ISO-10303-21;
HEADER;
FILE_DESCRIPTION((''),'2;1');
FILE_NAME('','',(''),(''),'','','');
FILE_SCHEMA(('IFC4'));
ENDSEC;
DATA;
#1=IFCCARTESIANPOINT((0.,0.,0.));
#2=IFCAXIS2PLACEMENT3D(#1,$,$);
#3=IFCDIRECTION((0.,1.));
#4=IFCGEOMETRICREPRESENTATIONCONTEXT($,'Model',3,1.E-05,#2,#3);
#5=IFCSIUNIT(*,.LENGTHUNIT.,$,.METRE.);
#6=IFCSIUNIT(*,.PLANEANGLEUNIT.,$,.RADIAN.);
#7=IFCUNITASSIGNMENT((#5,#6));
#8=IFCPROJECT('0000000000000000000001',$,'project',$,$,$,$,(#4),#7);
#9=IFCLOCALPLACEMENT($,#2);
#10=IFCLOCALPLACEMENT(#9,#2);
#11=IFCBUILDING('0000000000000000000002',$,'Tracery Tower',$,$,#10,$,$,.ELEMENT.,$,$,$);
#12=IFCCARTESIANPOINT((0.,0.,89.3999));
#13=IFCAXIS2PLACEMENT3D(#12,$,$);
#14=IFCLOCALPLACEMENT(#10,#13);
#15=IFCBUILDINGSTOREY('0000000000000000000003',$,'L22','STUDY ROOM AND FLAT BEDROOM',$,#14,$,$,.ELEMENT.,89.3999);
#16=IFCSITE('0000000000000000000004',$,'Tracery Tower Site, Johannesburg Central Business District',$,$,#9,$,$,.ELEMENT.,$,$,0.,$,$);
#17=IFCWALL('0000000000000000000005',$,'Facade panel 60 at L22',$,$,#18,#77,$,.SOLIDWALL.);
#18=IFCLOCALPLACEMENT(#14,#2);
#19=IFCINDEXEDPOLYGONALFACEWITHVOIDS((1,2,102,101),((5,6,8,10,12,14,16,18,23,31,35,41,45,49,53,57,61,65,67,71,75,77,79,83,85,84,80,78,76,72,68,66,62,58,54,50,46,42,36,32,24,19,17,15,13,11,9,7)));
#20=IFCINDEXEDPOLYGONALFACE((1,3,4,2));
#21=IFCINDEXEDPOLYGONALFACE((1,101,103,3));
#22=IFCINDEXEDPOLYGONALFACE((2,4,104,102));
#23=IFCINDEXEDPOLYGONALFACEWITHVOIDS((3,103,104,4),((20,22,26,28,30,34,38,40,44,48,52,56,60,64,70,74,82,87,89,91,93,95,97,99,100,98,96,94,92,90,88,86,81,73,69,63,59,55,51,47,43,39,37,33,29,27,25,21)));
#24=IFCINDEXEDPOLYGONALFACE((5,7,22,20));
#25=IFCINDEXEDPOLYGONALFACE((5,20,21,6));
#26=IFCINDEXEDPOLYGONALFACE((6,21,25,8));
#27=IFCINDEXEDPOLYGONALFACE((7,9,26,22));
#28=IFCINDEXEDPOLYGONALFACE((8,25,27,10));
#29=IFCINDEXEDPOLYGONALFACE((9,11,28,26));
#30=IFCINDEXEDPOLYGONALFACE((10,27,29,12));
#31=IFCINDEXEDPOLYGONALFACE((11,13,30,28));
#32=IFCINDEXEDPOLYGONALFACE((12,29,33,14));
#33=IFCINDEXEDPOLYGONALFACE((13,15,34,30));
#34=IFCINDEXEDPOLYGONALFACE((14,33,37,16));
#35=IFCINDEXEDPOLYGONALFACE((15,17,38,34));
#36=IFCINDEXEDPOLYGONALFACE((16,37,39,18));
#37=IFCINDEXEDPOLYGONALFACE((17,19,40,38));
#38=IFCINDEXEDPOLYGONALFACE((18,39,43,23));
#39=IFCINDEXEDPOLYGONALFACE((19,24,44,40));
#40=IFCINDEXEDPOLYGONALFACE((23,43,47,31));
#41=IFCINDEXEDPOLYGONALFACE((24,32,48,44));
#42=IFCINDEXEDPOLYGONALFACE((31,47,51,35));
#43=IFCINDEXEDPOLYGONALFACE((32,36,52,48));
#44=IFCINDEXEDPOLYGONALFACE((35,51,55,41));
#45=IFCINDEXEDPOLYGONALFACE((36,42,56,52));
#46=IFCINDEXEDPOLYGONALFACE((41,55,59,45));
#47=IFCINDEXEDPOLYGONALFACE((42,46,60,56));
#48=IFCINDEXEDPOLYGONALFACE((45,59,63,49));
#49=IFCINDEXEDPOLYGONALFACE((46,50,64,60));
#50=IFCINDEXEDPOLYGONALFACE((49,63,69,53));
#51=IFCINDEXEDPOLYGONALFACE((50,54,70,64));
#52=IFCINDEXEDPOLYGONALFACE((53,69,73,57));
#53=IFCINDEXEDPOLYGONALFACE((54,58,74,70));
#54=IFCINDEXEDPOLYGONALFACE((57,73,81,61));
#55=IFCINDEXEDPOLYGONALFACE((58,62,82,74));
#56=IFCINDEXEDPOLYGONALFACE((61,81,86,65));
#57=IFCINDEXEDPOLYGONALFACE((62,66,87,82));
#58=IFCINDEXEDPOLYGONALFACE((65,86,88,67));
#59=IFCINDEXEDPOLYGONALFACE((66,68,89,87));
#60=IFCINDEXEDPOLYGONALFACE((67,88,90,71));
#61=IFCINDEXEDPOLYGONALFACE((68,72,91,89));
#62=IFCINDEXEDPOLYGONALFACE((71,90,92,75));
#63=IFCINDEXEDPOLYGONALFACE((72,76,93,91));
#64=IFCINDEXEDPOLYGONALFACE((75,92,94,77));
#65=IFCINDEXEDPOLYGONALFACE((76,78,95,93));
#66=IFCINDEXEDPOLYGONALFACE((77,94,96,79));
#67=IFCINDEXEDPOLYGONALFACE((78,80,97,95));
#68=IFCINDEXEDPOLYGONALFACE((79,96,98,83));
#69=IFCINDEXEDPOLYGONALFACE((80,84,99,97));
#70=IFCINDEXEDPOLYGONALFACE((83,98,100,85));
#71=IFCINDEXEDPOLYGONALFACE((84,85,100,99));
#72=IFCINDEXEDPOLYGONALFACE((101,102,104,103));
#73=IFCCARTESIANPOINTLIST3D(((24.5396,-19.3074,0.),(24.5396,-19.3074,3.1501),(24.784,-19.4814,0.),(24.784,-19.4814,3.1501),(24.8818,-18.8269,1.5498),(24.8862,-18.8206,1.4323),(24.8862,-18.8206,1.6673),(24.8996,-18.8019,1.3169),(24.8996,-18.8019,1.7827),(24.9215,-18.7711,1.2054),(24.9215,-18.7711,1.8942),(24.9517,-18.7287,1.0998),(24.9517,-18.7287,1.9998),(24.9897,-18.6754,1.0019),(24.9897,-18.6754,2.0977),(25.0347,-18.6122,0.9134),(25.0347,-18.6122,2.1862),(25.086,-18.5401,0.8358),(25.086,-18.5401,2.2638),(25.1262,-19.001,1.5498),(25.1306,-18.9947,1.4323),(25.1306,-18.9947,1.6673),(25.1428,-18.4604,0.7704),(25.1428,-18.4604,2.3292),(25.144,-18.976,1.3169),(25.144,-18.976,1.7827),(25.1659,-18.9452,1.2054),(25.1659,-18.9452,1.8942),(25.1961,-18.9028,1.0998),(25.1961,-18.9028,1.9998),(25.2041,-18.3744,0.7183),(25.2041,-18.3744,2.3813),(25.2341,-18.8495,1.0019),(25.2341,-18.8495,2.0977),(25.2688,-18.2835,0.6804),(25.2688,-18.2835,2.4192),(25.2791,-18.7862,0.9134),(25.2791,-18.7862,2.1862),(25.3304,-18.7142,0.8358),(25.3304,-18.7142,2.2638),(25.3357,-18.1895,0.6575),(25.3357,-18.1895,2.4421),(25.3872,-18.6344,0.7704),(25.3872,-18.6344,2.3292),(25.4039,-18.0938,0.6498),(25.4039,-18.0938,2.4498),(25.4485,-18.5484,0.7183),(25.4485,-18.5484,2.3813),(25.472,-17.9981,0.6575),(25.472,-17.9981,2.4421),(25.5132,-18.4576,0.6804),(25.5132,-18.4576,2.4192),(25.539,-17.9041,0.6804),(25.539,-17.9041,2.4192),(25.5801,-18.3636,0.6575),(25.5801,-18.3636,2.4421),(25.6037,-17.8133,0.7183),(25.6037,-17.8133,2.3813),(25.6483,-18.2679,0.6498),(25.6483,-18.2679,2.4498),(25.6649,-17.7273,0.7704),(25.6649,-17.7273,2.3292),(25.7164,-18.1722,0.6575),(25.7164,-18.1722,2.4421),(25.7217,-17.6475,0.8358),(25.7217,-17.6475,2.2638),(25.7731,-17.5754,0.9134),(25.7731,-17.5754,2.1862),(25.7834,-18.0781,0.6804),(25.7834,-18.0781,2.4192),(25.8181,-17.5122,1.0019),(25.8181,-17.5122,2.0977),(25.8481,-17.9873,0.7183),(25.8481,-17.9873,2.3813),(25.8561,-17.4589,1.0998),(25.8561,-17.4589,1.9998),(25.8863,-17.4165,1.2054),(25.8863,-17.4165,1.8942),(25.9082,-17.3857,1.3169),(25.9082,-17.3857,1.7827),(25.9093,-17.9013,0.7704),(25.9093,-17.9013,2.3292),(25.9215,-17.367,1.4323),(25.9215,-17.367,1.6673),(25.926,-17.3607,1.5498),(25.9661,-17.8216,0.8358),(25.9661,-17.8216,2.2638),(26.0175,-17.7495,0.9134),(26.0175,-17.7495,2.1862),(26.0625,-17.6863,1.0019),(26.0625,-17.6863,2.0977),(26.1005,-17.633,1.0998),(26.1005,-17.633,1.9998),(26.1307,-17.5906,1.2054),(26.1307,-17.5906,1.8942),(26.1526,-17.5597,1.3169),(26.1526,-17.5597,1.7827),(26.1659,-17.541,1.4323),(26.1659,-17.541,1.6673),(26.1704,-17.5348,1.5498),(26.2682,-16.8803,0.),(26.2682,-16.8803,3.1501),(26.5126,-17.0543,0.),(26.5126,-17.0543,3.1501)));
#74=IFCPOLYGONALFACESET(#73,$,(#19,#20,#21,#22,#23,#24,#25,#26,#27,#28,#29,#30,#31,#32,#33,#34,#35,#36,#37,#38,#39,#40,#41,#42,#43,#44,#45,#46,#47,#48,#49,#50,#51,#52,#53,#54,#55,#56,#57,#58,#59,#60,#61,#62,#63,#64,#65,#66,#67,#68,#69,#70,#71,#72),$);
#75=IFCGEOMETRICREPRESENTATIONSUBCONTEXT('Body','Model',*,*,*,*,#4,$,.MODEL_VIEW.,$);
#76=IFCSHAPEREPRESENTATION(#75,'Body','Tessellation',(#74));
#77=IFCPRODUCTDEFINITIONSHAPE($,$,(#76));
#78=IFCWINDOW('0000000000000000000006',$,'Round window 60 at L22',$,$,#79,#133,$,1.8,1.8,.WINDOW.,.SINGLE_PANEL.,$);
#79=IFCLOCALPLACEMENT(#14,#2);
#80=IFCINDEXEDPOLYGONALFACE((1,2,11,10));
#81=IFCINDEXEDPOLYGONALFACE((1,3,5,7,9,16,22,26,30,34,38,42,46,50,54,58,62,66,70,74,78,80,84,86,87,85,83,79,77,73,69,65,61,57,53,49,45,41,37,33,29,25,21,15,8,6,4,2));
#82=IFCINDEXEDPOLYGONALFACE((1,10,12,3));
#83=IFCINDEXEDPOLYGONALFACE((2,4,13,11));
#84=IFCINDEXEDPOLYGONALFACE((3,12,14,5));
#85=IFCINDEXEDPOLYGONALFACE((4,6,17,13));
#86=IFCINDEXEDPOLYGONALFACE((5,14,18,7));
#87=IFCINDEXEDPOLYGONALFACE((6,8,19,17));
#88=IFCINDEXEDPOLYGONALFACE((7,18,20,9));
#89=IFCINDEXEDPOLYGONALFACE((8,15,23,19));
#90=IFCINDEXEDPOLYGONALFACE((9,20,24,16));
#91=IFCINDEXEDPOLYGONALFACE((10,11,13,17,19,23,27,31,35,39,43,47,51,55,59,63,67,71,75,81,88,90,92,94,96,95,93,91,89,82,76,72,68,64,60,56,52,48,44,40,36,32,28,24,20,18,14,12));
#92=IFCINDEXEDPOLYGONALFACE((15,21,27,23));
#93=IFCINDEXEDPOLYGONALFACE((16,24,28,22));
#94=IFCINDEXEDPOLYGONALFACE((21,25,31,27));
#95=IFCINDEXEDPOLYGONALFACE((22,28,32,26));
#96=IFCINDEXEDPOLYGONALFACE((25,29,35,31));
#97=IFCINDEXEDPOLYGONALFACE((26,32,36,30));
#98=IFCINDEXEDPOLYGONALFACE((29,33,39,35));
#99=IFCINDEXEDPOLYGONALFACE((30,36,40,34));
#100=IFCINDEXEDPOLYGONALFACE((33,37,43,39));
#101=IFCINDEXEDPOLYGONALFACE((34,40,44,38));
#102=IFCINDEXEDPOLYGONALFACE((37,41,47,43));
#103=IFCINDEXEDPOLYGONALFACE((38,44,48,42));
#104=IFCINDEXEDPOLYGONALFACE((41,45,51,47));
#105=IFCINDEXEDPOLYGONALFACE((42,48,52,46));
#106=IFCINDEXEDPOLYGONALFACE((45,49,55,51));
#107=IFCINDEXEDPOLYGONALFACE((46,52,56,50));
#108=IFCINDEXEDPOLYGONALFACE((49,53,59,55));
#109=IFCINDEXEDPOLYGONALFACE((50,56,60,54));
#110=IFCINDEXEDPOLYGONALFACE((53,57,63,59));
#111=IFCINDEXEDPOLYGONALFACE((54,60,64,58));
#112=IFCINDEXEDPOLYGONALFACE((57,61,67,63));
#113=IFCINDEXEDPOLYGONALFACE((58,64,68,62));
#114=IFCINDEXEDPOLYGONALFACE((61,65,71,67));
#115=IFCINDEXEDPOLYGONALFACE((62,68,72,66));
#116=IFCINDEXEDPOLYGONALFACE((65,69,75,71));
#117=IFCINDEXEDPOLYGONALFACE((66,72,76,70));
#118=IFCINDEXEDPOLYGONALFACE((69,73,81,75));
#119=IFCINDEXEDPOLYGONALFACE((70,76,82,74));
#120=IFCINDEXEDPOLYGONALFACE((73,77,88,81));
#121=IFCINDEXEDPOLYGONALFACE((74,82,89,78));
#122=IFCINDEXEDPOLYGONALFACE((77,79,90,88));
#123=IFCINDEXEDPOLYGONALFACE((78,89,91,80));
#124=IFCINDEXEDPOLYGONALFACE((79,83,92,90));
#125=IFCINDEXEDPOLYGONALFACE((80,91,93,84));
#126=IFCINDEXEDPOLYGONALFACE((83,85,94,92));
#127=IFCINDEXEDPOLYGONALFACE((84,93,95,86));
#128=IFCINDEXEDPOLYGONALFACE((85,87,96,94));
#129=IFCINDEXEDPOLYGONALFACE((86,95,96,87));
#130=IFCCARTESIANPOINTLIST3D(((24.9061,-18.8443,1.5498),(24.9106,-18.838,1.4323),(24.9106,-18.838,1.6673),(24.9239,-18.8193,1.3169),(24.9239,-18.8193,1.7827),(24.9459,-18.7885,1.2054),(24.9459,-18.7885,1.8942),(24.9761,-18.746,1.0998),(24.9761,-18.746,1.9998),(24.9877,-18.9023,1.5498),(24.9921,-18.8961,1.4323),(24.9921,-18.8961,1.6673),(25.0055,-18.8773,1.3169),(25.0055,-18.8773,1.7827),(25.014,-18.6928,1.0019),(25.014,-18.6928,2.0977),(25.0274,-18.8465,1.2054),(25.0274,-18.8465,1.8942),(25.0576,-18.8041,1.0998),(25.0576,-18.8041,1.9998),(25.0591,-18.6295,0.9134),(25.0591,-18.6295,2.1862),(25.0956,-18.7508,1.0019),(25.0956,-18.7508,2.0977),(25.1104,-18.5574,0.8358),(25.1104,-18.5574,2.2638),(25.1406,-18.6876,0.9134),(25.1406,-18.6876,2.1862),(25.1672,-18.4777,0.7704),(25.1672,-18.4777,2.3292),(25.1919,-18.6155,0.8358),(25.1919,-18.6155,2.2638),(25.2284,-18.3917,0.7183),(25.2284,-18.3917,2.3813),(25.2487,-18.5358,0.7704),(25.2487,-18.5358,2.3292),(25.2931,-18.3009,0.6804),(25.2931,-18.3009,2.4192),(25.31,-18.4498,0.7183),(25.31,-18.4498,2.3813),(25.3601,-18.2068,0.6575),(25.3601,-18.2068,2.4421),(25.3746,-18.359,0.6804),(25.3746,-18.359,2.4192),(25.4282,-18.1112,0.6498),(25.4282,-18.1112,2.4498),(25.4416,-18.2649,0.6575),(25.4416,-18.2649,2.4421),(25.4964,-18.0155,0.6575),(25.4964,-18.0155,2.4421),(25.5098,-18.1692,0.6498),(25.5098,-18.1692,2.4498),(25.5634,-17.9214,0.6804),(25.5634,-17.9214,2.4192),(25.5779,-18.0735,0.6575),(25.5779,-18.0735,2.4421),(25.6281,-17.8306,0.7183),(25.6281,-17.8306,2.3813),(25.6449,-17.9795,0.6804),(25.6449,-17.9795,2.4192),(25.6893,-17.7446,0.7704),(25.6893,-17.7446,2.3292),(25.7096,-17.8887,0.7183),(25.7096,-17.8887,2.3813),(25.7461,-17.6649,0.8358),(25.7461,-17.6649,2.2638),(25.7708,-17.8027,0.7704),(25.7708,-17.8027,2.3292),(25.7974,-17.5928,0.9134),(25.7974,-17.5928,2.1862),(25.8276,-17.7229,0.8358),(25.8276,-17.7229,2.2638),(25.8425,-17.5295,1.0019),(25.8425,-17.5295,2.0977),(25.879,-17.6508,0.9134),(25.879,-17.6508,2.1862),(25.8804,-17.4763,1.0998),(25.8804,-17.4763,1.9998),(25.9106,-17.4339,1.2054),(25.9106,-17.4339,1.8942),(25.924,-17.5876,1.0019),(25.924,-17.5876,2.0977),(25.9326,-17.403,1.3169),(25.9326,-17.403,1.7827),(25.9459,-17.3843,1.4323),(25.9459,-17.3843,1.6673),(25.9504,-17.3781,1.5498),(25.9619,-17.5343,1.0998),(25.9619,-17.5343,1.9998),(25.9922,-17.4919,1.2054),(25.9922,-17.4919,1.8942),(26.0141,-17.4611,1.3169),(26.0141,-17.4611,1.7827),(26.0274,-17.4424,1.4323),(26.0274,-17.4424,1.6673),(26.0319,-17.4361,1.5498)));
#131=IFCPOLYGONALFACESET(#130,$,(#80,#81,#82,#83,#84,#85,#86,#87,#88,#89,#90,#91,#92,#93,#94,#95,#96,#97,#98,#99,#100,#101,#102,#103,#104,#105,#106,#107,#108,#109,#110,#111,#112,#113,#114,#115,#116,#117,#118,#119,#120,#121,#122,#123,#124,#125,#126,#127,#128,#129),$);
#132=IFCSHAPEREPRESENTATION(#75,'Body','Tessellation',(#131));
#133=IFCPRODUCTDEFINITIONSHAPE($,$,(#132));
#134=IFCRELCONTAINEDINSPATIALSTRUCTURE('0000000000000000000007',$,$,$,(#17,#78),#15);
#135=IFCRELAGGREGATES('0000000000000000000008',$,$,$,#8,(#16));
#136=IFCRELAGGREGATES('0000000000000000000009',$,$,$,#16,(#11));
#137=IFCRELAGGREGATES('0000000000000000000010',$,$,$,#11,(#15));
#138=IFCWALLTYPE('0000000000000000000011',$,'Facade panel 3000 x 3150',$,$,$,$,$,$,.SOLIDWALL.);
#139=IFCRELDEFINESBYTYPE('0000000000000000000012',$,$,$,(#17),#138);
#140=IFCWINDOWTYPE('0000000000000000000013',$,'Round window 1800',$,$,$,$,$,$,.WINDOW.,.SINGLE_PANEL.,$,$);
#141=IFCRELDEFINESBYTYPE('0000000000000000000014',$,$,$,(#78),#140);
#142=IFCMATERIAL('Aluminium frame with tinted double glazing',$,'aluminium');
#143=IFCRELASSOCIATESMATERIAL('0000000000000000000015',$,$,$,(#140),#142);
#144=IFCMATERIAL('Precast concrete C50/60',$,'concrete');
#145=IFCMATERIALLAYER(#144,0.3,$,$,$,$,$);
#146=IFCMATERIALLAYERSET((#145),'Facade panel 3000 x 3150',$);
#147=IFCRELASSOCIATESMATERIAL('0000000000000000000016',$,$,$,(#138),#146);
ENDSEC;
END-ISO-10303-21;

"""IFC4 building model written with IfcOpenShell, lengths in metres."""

from ifc_helpers import new_model, si_unit, direction, frame, frame_2d, origin, origin_2d, place, context, subcontext, project, spatial, rectangle, circle, extrude, material, layer, layer_set, type_object, element, fill, save


model = new_model("IFC4")

# Units and contexts
model_context = context("Model", 3, precision=1e-05, world=origin(), true_north=direction((0.0, 1.0)))
body_context = subcontext(model_context, "Body", "Model", "MODEL_VIEW")
ifc_project = project(units=[si_unit("LENGTHUNIT", "METRE"), si_unit("PLANEANGLEUNIT", "RADIAN")], contexts=[model_context])

# Site, building, storey
site_placement = place(None, origin())
site = spatial("IfcSite", under=ifc_project, at=site_placement, Name="Tracery Tower Site, Johannesburg Central Business District", CompositionType="ELEMENT", RefElevation=0.0)
building_placement = place(site_placement, origin())
building = spatial("IfcBuilding", under=site, at=building_placement, Name="Tracery Tower", CompositionType="ELEMENT")
storey_placement = place(building_placement, frame((0.0, 0.0, 89.3999)))
storey = spatial("IfcBuildingStorey", under=building, at=storey_placement, Name="L22", Description="STUDY ROOM AND FLAT BEDROOM", CompositionType="ELEMENT", Elevation=89.3999)

# Wall, opening, window
ifc_material_1 = material(Name="Aluminium frame with tinted double glazing", Category="aluminium")
window_type = type_object("IfcWindowType", Name="Round window 1800", PartitioningType="SINGLE_PANEL", PredefinedType="WINDOW", material=ifc_material_1)
ifc_material_2 = material(Name="Precast concrete C50/60", Category="concrete")
ifc_layer_1 = layer(ifc_material_2, 0.3)
ifc_layer_set_1 = layer_set([ifc_layer_1], Name="Facade panel 3000 x 3150")
wall_type_1 = type_object("IfcWallType", Name="Facade panel 3000 x 3150", PredefinedType="SOLIDWALL", material=ifc_layer_set_1)
wall_1_placement = place(storey_placement, frame((24.6619, -19.3943, 0.0), z_axis=(0.0, 0.0, 1.0), x_axis=(0.580114, 0.814535, 0.0)))
wall_1 = element("IfcWall", 1, at=wall_1_placement, inside=storey, type_object=wall_type_1, Name="Facade panel 60 at L22", PredefinedType="SOLIDWALL", context=body_context, shape_type="SweptSolid", body=[
    extrude(rectangle(XDim=2.9797, YDim=0.3, at=frame_2d((1.4897, 0.0))), origin(), (0.0, 0.0, 1.0), 3.1501),
])
opening_1_placement = place(wall_1_placement, frame((1.4897, 0.0, 1.5498)))
opening_1 = element("IfcOpeningElement", 2, at=opening_1_placement, cuts=wall_1, PredefinedType="OPENING", context=body_context, shape_type="SweptSolid", body=[
    extrude(circle(Radius=0.9, at=origin_2d()), frame((0.0, 0.1599, 0.0), z_axis=(0.0, -1.0, 0.0), x_axis=(1.0, 0.0, 0.0)), (0.0, 0.0, 1.0), 0.3201),
])
window_1_placement = place(opening_1_placement, origin())
window_1 = element("IfcWindow", 3, at=window_1_placement, inside=storey, type_object=window_type, Name="Round window 60 at L22", OverallHeight=1.8, OverallWidth=1.8, PartitioningType="SINGLE_PANEL", PredefinedType="WINDOW", context=body_context, shape_type="SweptSolid", body=[
    extrude(circle(Radius=0.9, at=origin_2d()), frame((0.0, 0.1201, 0.0), z_axis=(0.0, -1.0, 0.0), x_axis=(1.0, 0.0, 0.0)), (0.0, 0.0, 1.0), 0.1001),
])
fill(opening_1, window_1)

save(model, "model.ifc")
